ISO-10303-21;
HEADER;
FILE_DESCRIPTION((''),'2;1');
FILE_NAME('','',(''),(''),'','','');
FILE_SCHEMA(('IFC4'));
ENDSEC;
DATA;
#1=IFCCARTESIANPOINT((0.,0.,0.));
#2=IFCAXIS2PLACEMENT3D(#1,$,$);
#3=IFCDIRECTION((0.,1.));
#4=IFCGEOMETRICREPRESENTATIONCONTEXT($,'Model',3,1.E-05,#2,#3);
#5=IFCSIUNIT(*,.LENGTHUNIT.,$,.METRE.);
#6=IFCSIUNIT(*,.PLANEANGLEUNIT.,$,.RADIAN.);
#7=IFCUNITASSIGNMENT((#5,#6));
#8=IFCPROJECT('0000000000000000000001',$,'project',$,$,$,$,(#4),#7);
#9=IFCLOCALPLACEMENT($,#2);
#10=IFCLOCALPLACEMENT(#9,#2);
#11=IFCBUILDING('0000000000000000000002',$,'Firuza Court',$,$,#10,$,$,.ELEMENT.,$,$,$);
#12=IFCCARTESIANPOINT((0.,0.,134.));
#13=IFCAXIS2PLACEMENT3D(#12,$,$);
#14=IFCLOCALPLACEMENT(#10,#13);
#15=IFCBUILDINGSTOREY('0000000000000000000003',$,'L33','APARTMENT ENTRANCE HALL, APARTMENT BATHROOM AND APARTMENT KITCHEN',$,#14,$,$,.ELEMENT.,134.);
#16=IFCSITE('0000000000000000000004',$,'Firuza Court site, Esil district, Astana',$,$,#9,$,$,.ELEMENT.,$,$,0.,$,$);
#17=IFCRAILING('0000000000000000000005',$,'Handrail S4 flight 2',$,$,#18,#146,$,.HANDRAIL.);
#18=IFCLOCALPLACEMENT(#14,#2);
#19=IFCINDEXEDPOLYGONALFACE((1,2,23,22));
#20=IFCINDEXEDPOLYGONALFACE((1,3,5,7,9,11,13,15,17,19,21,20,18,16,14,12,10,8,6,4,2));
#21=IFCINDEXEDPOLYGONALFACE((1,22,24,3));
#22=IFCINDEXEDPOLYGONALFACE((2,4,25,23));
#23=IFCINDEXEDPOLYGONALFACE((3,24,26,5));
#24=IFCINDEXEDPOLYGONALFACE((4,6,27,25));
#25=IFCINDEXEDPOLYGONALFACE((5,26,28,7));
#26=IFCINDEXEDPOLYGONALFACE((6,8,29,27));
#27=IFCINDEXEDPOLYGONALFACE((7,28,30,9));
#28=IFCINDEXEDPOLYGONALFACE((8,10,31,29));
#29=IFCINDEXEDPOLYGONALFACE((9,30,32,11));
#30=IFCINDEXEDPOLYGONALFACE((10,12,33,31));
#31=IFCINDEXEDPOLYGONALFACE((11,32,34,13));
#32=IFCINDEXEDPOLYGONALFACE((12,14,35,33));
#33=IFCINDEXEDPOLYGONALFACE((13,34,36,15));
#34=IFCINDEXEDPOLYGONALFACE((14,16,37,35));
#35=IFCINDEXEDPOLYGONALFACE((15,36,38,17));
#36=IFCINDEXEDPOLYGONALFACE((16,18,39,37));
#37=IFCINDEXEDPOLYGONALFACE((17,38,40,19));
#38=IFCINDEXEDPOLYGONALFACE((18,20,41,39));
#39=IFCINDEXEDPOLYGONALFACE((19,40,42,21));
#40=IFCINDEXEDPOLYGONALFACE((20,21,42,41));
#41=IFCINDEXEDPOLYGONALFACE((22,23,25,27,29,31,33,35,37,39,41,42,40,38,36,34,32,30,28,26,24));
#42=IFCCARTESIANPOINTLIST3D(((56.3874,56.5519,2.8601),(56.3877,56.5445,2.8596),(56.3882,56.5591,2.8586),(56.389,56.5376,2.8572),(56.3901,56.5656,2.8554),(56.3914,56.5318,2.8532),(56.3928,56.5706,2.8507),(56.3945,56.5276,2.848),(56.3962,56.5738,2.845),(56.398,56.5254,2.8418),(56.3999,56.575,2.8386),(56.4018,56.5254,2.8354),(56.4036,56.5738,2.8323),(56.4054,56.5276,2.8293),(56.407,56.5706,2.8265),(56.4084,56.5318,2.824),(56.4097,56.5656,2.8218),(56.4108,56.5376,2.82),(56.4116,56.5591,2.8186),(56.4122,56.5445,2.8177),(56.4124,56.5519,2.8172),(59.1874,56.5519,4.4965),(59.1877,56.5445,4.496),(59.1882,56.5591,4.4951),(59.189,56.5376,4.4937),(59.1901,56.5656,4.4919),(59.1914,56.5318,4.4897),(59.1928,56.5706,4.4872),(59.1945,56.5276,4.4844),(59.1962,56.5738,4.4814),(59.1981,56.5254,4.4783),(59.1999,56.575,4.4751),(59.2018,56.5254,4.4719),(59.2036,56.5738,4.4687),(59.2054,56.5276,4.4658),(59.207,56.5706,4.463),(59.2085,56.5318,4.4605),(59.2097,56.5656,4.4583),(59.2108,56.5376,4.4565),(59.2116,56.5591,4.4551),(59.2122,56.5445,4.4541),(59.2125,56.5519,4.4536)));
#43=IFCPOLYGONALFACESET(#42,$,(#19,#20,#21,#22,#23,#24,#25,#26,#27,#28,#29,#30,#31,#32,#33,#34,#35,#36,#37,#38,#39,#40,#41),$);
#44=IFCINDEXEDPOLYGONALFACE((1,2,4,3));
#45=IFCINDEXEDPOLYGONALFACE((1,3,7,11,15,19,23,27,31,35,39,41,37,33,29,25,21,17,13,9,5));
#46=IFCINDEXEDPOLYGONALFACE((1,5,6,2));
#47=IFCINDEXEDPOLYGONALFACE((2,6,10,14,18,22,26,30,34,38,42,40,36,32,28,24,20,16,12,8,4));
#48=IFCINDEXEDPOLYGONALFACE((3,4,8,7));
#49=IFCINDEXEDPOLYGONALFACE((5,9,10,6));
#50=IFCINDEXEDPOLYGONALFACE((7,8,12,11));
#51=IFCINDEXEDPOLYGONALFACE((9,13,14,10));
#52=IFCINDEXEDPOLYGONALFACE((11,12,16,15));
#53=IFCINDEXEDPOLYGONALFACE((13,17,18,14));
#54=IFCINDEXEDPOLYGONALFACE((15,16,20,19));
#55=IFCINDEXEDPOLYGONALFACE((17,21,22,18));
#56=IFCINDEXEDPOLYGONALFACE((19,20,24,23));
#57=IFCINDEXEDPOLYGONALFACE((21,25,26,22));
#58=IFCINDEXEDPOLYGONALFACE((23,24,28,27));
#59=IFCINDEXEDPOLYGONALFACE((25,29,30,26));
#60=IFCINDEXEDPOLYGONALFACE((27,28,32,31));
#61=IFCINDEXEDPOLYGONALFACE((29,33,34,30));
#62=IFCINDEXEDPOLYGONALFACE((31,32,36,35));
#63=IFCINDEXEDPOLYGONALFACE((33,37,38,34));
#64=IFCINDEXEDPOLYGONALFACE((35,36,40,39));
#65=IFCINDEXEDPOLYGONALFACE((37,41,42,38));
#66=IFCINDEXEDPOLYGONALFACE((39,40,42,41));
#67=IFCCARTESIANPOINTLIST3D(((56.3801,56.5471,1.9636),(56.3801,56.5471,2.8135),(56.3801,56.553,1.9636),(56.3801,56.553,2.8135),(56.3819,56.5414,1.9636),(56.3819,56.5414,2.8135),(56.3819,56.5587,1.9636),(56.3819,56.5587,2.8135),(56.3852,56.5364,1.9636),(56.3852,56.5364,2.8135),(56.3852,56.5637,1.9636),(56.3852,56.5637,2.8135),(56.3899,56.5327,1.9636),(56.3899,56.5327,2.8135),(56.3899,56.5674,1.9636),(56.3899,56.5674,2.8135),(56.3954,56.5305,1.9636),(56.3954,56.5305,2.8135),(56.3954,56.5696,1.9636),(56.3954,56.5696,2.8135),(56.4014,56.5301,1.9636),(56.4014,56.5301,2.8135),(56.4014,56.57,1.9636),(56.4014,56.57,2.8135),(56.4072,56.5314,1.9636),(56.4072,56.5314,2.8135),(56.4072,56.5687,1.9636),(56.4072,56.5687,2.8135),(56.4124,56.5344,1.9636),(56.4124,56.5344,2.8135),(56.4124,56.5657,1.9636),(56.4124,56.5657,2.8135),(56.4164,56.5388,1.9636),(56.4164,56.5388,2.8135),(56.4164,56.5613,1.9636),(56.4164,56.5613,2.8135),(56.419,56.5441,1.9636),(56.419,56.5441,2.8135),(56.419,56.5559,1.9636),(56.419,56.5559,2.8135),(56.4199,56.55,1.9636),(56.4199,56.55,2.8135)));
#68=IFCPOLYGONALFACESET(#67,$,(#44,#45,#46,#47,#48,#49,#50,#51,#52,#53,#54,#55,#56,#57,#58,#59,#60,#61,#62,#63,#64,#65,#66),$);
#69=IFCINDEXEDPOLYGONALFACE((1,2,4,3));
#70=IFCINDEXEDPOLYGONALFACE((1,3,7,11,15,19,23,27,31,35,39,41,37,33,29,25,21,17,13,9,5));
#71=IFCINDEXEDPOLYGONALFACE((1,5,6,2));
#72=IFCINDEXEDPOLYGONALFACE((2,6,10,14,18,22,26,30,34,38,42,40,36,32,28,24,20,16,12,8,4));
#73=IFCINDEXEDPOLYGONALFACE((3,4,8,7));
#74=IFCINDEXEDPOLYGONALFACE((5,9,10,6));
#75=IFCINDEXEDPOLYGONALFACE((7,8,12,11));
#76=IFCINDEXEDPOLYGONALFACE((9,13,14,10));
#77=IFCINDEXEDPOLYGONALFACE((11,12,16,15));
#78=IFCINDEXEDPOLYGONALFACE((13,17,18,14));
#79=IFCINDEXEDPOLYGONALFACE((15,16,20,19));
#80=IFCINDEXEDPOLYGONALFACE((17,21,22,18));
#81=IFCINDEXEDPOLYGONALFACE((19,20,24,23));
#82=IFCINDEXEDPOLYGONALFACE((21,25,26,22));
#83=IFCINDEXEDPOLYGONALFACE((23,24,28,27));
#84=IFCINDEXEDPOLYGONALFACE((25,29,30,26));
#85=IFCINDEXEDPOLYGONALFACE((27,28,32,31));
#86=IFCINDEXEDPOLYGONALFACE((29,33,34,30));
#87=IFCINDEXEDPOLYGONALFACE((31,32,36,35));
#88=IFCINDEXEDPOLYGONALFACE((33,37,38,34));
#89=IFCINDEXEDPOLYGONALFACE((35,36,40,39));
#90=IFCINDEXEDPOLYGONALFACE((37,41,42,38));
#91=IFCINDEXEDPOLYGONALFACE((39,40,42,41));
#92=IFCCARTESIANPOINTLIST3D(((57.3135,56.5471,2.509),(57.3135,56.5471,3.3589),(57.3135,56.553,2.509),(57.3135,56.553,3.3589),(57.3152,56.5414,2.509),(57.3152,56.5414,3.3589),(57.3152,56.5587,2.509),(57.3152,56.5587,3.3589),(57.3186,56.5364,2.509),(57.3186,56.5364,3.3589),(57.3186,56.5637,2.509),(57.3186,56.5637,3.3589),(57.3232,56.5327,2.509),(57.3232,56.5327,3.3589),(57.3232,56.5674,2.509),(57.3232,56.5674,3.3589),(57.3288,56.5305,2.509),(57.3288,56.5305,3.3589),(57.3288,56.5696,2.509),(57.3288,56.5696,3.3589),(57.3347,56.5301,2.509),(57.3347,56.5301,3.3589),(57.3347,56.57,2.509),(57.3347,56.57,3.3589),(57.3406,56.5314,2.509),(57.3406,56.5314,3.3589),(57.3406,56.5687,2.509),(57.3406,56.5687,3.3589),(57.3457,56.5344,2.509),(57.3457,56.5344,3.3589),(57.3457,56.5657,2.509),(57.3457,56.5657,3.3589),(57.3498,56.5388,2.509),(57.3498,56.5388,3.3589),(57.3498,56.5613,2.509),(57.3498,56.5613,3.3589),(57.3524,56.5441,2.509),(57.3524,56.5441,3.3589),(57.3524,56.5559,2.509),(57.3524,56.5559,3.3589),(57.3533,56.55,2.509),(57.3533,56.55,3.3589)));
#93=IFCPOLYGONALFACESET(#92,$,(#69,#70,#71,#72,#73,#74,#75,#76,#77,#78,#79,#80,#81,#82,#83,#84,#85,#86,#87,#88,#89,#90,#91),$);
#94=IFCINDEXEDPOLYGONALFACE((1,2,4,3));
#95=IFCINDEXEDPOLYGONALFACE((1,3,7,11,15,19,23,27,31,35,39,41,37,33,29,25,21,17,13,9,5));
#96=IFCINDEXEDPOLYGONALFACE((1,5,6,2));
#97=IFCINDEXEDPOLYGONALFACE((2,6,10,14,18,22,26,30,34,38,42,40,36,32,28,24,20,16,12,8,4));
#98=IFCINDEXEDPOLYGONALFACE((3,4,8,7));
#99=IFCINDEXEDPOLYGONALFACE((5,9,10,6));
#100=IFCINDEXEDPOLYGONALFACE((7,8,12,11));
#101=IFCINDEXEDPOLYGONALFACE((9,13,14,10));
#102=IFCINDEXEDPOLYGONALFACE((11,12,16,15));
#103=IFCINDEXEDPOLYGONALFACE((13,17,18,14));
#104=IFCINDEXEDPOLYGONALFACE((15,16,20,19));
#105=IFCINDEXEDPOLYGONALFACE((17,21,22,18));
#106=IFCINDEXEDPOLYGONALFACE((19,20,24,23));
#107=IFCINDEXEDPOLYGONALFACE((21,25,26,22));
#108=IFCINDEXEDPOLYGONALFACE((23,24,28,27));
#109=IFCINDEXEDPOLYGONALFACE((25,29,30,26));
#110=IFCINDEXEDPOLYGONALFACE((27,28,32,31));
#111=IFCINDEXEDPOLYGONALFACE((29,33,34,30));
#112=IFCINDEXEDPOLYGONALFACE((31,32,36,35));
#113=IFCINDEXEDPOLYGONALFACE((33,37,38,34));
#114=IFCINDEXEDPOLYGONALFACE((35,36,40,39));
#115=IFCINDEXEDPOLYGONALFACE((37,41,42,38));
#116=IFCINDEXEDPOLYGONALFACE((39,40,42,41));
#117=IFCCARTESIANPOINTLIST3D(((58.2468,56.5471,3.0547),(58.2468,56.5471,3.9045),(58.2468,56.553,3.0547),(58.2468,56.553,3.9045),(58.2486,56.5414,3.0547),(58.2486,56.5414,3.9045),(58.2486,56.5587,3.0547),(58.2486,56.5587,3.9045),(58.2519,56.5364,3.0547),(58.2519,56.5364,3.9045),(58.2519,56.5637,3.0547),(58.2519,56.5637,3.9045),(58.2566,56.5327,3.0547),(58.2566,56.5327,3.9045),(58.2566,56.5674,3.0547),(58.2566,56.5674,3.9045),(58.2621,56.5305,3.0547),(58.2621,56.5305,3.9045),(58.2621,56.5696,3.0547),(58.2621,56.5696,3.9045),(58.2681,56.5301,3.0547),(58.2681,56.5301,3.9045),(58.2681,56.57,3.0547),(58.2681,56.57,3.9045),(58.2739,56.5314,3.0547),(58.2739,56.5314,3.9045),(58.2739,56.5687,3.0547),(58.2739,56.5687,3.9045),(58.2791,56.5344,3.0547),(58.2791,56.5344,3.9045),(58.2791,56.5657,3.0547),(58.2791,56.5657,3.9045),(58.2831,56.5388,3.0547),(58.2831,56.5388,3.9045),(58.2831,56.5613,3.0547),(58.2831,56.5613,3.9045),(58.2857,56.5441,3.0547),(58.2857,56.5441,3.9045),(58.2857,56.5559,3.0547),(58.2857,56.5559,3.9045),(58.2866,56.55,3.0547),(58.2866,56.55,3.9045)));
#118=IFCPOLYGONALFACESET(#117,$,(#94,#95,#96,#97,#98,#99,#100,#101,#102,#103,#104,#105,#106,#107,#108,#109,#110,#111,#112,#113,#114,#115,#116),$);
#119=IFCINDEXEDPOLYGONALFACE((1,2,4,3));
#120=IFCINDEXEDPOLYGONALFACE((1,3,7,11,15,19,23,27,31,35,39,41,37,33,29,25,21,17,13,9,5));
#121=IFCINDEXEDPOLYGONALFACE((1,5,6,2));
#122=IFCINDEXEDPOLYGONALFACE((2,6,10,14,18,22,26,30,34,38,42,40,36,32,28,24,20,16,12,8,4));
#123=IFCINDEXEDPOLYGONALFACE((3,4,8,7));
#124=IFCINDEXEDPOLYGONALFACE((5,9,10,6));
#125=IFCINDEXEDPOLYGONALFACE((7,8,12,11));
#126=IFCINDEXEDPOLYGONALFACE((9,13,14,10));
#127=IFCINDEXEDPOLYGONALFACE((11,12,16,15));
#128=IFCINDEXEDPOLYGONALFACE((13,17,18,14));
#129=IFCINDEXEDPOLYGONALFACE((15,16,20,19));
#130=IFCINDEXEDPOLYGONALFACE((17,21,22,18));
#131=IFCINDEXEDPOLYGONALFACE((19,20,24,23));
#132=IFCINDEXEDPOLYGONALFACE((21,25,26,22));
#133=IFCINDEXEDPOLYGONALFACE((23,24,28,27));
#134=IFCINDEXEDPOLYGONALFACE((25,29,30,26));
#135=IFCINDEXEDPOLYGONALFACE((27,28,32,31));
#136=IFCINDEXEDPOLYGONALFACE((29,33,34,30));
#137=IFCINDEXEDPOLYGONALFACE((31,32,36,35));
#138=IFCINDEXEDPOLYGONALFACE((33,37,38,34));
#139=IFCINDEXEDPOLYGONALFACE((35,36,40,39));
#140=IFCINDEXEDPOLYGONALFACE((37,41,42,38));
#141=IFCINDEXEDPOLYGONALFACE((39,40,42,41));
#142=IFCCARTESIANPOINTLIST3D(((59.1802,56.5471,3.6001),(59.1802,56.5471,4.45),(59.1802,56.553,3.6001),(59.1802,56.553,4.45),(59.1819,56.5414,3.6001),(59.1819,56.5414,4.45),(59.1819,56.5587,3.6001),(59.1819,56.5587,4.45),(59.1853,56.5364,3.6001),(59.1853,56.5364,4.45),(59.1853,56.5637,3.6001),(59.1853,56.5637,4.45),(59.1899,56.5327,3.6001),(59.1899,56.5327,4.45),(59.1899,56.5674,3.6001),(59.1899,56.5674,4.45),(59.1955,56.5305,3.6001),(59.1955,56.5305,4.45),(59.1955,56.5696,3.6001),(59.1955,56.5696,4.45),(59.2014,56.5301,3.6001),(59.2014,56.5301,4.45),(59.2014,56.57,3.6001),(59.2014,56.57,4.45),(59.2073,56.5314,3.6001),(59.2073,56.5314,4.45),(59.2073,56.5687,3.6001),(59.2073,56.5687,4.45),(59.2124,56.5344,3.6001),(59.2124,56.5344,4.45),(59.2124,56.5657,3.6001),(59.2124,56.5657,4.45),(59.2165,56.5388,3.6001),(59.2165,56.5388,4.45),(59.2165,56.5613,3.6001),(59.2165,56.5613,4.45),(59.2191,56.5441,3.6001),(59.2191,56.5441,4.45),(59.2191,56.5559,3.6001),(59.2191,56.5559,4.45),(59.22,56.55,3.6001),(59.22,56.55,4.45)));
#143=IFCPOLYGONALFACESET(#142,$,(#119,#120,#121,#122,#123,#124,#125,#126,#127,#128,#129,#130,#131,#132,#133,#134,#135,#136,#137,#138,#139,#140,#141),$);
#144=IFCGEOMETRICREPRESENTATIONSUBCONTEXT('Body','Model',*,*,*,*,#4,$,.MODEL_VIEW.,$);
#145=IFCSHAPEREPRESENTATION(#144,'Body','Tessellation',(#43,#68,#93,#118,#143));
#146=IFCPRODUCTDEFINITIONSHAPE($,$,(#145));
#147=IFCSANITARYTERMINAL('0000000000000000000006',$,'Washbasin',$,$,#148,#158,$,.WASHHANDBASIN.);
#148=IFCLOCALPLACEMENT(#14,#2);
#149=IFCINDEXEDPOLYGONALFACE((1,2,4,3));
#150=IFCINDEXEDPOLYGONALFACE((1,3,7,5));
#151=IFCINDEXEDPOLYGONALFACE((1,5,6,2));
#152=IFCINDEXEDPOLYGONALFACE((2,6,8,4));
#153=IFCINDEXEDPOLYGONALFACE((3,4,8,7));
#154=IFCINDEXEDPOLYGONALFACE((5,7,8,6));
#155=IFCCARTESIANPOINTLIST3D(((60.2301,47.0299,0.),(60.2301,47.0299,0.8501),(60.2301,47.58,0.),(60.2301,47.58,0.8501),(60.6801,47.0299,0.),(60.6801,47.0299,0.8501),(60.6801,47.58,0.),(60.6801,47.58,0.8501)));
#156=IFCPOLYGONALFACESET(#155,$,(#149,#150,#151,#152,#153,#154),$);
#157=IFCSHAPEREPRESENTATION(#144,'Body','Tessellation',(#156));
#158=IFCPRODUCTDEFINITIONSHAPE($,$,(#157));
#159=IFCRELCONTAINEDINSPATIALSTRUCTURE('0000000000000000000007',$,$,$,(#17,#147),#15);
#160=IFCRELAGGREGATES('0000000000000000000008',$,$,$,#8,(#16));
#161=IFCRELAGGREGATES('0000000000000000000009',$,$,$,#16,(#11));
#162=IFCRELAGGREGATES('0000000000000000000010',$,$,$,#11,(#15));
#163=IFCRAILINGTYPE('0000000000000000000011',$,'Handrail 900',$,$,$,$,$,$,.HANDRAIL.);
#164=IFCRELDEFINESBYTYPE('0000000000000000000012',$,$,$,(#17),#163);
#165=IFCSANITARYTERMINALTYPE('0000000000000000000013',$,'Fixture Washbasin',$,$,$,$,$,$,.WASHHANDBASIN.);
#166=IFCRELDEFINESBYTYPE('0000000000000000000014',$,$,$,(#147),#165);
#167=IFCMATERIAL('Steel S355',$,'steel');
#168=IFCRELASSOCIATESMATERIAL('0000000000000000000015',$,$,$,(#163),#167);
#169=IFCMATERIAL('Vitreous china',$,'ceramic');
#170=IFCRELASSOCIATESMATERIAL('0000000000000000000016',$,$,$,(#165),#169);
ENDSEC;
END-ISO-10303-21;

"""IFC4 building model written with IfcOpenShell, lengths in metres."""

from ifc_helpers import new_model, si_unit, direction, frame, origin, origin_2d, place, context, subcontext, project, spatial, rectangle, circle, extrude, material, type_object, element, save


model = new_model("IFC4")

# Units and contexts
model_context = context("Model", 3, precision=1e-05, world=origin(), true_north=direction((0.0, 1.0)))
body_context = subcontext(model_context, "Body", "Model", "MODEL_VIEW")
ifc_project = project(units=[si_unit("LENGTHUNIT", "METRE"), si_unit("PLANEANGLEUNIT", "RADIAN")], contexts=[model_context])

# Site, building, storey
site_placement = place(None, origin())
site = spatial("IfcSite", under=ifc_project, at=site_placement, Name="Firuza Court site, Esil district, Astana", CompositionType="ELEMENT", RefElevation=0.0)
building_placement = place(site_placement, origin())
building = spatial("IfcBuilding", under=site, at=building_placement, Name="Firuza Court", CompositionType="ELEMENT")
storey_placement = place(building_placement, frame((0.0, 0.0, 134.0)))
storey = spatial("IfcBuildingStorey", under=building, at=storey_placement, Name="L33", Description="APARTMENT ENTRANCE HALL, APARTMENT BATHROOM AND APARTMENT KITCHEN", CompositionType="ELEMENT", Elevation=134.0)

# Railing
ifc_material_1 = material(Name="Steel S355", Category="steel")
railing_type_1 = type_object("IfcRailingType", Name="Handrail 900", PredefinedType="HANDRAIL", material=ifc_material_1)
railing_1_placement = place(storey_placement, frame((56.3999, 56.55, 1.9636)))
element("IfcRailing", 1, at=railing_1_placement, inside=storey, type_object=railing_type_1, Name="Handrail S4 flight 2", PredefinedType="HANDRAIL", context=body_context, shape_type="SweptSolid", body=[
    extrude(circle(Radius=0.0249, at=origin_2d()), frame((0.0, 0.0, 0.875), z_axis=(0.863361, 0.0, 0.504587), x_axis=(0.0, 1.0, 0.0)), (0.0, 0.0, 1.0), 3.2432),
    extrude(circle(Radius=0.02, at=origin_2d()), origin(), (0.0, 0.0, 1.0), 0.8499),
    extrude(circle(Radius=0.02, at=origin_2d()), frame((0.9333, 0.0, 0.5454)), (0.0, 0.0, 1.0), 0.8499),
    extrude(circle(Radius=0.02, at=origin_2d()), frame((1.8667, 0.0, 1.0911)), (0.0, 0.0, 1.0), 0.8499),
    extrude(circle(Radius=0.02, at=origin_2d()), frame((2.8, 0.0, 1.6365)), (0.0, 0.0, 1.0), 0.8499),
])

# Sanitary terminal
ifc_material_2 = material(Name="Vitreous china", Category="ceramic")
sanitary_terminal_type = type_object("IfcSanitaryTerminalType", Name="Fixture Washbasin", PredefinedType="WASHHANDBASIN", material=ifc_material_2)
sanitary_terminal_placement = place(storey_placement, frame((60.4551, 47.3049, 0.0), z_axis=(0.0, 0.0, 1.0), x_axis=(1.0, 0.0, 0.0)))
element("IfcSanitaryTerminal", 2, at=sanitary_terminal_placement, inside=storey, type_object=sanitary_terminal_type, Name="Washbasin", PredefinedType="WASHHANDBASIN", context=body_context, shape_type="SweptSolid", body=[
    extrude(rectangle(XDim=0.45, YDim=0.55, at=origin_2d()), origin(), (0.0, 0.0, 1.0), 0.8501),
])

save(model, "model.ifc")
